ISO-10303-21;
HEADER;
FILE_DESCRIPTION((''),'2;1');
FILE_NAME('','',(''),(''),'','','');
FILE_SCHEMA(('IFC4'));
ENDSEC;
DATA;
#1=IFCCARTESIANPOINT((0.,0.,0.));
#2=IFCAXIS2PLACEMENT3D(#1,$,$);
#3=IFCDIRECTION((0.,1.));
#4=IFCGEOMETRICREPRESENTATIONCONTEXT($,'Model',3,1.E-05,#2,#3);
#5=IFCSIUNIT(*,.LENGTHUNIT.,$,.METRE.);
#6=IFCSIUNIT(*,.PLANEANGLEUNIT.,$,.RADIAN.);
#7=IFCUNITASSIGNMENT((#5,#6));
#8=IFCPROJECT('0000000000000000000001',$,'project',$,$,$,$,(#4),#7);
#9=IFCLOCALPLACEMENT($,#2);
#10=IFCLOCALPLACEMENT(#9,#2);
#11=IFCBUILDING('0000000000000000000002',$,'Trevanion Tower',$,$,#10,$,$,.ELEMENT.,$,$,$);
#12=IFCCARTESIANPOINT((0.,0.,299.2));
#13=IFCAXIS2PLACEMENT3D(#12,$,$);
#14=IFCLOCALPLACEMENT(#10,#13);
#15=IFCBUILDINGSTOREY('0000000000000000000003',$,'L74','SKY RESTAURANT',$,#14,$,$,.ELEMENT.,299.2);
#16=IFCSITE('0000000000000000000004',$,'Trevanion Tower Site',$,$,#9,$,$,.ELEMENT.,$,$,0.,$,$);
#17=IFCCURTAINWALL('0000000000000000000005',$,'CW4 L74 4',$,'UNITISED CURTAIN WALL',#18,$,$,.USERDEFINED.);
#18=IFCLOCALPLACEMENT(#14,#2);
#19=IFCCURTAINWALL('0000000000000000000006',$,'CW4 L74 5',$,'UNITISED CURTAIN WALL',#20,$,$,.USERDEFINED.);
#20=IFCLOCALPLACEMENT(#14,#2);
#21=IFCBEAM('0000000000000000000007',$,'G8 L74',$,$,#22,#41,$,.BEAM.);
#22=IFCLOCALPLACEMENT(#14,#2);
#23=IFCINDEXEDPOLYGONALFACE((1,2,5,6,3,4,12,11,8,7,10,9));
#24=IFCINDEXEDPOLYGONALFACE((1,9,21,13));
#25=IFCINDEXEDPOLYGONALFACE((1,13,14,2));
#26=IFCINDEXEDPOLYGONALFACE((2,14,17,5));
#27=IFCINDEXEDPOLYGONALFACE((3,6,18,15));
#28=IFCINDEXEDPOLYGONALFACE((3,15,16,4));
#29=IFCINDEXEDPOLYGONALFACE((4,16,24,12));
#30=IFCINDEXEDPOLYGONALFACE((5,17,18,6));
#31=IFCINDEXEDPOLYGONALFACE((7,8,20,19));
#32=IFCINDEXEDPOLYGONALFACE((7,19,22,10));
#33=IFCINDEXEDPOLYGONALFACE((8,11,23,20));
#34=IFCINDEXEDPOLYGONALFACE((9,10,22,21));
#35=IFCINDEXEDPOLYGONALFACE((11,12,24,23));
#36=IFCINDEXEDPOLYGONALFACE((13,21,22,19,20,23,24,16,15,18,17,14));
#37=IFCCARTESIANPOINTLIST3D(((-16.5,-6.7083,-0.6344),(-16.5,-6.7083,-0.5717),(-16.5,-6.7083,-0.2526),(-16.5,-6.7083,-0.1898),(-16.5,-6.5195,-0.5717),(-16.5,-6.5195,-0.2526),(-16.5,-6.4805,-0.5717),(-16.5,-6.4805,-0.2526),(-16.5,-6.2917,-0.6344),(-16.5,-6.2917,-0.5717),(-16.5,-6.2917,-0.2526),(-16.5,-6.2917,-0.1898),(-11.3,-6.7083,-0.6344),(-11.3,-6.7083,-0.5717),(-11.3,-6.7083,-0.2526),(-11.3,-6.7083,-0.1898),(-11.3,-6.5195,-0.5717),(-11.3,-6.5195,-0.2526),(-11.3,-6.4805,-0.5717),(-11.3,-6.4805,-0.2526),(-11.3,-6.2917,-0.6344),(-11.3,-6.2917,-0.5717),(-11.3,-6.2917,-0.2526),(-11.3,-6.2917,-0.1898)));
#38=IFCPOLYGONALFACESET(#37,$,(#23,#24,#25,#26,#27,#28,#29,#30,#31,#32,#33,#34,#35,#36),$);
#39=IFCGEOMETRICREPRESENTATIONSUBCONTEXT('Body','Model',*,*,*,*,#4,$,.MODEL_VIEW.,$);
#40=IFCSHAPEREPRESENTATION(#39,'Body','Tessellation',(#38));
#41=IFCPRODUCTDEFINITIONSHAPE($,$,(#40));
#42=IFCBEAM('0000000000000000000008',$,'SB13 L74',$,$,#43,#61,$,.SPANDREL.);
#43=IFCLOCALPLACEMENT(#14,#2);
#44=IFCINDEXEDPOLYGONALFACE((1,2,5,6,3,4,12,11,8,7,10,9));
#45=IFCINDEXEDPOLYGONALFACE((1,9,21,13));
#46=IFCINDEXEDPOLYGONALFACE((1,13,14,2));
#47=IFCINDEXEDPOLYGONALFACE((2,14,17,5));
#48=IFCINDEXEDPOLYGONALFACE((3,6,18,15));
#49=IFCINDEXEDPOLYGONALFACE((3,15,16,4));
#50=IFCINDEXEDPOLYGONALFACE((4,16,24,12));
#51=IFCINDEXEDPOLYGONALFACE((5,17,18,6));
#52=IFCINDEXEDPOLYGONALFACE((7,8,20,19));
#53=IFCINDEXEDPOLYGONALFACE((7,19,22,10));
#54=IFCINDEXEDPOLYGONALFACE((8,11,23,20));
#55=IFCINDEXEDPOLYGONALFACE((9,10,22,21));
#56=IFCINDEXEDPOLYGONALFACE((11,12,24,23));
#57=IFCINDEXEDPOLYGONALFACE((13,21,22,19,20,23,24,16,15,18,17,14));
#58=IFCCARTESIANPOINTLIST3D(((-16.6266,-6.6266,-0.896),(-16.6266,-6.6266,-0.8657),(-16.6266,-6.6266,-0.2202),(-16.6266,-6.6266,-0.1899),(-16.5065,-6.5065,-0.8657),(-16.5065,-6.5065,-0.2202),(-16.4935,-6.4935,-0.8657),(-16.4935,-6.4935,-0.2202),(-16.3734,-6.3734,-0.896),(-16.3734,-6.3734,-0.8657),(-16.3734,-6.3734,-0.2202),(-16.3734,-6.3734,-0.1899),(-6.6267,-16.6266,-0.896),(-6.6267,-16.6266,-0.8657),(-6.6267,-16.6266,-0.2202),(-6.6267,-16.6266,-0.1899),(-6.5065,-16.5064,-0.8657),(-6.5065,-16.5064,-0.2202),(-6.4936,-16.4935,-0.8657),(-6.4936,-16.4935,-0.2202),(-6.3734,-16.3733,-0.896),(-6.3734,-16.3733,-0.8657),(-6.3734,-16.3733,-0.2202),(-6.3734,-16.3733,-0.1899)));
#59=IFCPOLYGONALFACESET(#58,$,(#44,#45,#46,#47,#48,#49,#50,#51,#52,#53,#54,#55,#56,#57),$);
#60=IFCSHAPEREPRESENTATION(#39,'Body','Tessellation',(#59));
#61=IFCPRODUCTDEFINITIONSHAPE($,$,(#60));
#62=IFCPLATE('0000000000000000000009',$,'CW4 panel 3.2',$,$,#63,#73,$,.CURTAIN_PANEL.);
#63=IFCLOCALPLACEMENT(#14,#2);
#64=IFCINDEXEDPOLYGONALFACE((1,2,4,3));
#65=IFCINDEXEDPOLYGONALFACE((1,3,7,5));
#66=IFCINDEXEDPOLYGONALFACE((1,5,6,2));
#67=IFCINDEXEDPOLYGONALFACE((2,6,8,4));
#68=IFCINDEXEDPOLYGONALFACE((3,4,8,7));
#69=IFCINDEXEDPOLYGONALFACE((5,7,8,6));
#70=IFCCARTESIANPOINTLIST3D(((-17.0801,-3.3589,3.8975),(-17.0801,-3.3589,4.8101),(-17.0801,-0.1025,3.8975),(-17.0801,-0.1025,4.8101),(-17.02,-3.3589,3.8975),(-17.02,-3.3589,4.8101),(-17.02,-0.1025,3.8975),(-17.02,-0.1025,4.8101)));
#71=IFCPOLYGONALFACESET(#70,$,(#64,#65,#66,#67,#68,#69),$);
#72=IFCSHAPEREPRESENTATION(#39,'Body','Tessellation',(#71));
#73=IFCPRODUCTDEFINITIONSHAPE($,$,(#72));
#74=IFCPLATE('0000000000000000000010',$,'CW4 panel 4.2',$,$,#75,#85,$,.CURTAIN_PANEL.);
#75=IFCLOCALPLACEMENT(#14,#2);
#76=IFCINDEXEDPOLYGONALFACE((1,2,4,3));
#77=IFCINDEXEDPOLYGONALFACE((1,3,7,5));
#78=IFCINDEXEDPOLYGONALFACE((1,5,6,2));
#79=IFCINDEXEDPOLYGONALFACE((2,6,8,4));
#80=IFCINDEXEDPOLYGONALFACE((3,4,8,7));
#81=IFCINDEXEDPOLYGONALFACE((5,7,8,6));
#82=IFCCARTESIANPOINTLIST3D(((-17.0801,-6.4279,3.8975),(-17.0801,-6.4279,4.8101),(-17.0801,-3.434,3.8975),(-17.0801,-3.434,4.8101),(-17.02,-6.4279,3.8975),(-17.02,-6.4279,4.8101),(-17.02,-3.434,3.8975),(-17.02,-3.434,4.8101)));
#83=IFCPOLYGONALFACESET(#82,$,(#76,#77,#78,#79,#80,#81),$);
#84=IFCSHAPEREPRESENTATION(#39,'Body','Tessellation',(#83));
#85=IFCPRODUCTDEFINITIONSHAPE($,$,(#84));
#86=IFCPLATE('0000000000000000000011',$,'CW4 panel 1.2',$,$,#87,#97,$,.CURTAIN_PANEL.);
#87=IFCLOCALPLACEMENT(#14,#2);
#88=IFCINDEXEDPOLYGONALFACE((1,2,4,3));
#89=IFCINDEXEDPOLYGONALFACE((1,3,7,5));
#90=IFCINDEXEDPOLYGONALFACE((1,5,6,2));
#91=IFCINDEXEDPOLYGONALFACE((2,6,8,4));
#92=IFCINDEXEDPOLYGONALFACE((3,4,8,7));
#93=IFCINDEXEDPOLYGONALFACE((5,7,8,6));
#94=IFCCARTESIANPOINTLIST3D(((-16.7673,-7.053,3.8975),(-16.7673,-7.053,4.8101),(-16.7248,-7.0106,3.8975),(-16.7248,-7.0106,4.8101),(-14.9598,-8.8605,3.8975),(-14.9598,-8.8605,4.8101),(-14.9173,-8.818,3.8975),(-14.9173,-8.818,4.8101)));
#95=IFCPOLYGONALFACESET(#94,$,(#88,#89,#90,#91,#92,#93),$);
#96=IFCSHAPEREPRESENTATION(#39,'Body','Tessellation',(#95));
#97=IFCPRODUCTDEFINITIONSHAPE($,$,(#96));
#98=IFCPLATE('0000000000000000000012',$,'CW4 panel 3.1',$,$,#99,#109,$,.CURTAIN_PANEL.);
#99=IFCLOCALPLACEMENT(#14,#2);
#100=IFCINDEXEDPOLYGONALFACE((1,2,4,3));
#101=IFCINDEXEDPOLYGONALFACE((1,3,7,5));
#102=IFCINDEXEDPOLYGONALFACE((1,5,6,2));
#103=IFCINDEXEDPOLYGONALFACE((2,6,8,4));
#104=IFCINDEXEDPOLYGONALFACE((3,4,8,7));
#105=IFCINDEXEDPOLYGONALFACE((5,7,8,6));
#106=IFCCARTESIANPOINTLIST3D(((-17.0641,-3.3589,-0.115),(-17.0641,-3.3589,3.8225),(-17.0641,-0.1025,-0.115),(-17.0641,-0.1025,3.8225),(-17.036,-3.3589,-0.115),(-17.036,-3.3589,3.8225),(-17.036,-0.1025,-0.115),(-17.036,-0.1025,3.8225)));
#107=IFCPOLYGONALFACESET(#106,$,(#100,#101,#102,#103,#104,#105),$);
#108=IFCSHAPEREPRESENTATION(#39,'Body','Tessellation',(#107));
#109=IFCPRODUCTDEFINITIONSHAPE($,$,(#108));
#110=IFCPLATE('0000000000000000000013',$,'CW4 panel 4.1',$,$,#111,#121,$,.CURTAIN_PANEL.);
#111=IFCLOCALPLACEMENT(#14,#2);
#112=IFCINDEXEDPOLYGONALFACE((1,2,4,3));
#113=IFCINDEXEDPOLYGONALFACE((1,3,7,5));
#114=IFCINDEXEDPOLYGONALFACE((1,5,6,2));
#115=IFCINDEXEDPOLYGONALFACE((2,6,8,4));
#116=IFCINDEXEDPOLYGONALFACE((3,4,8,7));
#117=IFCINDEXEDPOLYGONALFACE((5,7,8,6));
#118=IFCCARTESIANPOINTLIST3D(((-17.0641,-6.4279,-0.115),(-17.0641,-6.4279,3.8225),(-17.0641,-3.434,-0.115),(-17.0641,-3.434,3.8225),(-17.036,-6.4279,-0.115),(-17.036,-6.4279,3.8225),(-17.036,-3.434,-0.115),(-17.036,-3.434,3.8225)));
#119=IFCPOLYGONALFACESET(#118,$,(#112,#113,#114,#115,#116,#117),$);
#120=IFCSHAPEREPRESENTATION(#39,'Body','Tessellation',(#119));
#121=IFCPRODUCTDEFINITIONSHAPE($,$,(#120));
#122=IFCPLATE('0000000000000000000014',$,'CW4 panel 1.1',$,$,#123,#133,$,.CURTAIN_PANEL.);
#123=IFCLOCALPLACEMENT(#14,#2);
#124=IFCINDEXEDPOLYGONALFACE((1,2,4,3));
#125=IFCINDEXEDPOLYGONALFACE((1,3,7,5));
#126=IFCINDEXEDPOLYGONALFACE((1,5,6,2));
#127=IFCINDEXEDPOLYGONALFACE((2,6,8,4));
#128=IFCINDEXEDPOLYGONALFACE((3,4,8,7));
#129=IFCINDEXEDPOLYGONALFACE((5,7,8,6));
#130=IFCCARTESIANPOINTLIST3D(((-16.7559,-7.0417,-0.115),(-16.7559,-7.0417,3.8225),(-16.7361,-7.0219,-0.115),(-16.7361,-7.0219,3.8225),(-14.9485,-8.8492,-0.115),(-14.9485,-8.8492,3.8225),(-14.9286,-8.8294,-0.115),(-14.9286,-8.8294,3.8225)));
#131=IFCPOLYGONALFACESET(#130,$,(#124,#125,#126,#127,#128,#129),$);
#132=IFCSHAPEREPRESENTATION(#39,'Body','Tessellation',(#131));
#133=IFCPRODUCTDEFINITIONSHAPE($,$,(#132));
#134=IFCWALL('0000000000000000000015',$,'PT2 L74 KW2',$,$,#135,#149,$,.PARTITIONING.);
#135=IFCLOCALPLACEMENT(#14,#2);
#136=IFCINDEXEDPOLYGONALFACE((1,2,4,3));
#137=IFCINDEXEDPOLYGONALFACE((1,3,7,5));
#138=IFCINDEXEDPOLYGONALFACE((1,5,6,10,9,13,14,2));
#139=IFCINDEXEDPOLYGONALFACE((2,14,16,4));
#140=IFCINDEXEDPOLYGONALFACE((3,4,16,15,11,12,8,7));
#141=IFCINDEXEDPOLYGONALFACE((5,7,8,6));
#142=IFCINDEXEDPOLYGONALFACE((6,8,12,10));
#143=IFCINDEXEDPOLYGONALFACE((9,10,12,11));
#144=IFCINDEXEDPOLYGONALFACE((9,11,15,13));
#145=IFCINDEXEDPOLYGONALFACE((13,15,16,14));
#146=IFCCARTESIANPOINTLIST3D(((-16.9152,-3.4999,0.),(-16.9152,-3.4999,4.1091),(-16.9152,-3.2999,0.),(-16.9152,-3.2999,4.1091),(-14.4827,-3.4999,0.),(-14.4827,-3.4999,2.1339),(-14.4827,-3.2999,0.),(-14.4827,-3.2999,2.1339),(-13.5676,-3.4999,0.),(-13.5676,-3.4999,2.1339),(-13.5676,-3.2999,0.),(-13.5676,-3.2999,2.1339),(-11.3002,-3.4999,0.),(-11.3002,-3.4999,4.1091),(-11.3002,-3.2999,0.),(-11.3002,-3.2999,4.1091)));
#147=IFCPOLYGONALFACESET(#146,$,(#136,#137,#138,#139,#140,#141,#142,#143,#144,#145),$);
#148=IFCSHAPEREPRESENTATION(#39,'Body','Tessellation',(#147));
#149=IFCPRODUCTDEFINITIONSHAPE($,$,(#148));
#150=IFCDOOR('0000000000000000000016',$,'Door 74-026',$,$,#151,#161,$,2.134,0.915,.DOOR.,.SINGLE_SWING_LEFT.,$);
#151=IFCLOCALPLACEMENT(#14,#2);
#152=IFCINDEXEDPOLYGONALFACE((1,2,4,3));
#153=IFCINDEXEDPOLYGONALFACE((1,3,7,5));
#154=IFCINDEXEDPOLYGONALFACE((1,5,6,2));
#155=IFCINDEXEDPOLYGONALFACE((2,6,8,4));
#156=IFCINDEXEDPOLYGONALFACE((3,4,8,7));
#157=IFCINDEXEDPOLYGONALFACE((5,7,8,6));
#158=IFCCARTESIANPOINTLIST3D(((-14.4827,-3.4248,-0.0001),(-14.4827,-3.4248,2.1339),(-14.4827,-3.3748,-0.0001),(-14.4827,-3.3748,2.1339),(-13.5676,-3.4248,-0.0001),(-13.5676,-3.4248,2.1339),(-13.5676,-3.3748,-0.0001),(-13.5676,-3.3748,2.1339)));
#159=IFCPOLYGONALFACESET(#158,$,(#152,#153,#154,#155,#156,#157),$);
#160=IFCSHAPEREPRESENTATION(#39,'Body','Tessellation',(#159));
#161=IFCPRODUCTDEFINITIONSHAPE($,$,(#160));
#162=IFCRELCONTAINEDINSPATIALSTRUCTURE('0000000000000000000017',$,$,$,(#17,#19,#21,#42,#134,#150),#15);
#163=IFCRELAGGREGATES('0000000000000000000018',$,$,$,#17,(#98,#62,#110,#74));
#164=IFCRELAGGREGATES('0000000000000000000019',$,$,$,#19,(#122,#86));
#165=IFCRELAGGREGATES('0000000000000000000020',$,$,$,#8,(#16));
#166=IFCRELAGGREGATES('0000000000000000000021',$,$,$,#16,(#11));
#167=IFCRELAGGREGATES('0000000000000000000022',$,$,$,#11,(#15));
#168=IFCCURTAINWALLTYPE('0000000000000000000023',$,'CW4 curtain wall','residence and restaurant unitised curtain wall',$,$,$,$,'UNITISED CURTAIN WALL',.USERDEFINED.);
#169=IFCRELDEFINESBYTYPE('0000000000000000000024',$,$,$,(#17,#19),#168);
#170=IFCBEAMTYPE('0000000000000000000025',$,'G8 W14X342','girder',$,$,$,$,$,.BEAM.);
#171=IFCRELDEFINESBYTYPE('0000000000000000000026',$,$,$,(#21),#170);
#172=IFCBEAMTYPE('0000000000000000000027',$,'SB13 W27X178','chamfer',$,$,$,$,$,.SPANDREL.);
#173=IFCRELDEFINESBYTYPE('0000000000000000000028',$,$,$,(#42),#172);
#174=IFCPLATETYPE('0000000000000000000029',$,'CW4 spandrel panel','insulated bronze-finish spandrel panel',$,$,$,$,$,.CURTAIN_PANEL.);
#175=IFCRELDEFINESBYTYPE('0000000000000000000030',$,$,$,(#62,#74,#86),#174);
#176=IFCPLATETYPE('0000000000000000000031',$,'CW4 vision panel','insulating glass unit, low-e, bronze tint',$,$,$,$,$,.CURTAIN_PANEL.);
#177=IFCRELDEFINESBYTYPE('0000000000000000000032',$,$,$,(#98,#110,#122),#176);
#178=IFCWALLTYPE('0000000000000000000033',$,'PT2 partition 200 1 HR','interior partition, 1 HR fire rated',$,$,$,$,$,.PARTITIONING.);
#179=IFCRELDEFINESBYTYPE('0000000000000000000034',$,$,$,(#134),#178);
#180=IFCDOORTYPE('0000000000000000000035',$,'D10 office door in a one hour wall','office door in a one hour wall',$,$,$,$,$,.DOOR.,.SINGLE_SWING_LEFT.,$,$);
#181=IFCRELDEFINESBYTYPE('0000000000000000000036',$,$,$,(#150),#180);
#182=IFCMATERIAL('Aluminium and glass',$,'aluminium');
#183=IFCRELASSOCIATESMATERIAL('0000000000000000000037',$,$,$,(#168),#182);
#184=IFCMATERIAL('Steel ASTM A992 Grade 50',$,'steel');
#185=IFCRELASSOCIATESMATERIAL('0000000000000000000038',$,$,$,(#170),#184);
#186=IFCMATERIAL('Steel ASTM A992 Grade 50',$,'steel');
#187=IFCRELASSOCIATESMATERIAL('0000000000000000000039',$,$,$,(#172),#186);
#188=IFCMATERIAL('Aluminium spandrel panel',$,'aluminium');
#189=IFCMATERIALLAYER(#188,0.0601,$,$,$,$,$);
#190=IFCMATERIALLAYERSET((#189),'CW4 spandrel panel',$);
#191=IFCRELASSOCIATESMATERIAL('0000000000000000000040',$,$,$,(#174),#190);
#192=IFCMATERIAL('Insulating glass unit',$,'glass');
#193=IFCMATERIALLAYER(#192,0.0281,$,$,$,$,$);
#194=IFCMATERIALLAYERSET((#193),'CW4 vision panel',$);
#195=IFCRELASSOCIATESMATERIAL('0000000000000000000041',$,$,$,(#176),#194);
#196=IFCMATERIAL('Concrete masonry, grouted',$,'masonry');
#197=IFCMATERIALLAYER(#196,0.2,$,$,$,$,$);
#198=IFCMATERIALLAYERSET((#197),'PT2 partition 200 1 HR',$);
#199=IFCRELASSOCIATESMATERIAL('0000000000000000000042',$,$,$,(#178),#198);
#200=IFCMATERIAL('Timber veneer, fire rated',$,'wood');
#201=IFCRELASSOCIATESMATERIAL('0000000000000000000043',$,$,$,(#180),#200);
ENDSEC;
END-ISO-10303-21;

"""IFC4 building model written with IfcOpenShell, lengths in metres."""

from ifc_helpers import new_model, si_unit, direction, frame, frame_2d, origin, origin_2d, place, context, subcontext, project, spatial, rectangle, i_section, extrude, material, layer, layer_set, material_profile, profile_set, type_object, element, fill, aggregate, save


model = new_model("IFC4")

# Units and contexts
model_context = context("Model", 3, precision=1e-05, world=origin(), true_north=direction((0.0, 1.0)))
body_context = subcontext(model_context, "Body", "Model", "MODEL_VIEW")
ifc_project = project(units=[si_unit("LENGTHUNIT", "METRE"), si_unit("PLANEANGLEUNIT", "RADIAN")], contexts=[model_context])

# Site, building, storey
site_placement = place(None, origin())
site = spatial("IfcSite", under=ifc_project, at=site_placement, Name="Trevanion Tower Site", CompositionType="ELEMENT", RefElevation=0.0)
building_placement = place(site_placement, origin())
building = spatial("IfcBuilding", under=site, at=building_placement, Name="Trevanion Tower", CompositionType="ELEMENT")
storey_placement = place(building_placement, frame((0.0, 0.0, 299.2)))
storey = spatial("IfcBuildingStorey", under=building, at=storey_placement, Name="L74", Description="SKY RESTAURANT", CompositionType="ELEMENT", Elevation=299.2)

# Curtain wall
ifc_material_1 = material(Name="Aluminium and glass", Category="aluminium")
curtain_wall_type = type_object("IfcCurtainWallType", Name="CW4 curtain wall", Description="residence and restaurant unitised curtain wall", ElementType="UNITISED CURTAIN WALL", PredefinedType="USERDEFINED", material=ifc_material_1)
curtain_wall_1_placement = place(storey_placement, origin())
curtain_wall_1 = element("IfcCurtainWall", 1, at=curtain_wall_1_placement, inside=storey, type_object=curtain_wall_type, Name="CW4 L74 4", ObjectType="UNITISED CURTAIN WALL", PredefinedType="USERDEFINED")

# Curtain wall
curtain_wall_2_placement = place(storey_placement, origin())
curtain_wall_2 = element("IfcCurtainWall", 2, at=curtain_wall_2_placement, inside=storey, type_object=curtain_wall_type, Name="CW4 L74 5", ObjectType="UNITISED CURTAIN WALL", PredefinedType="USERDEFINED")

# Beams
ifc_material_2 = material(Name="Steel ASTM A992 Grade 50", Category="steel")
ifc_material_profile_1 = material_profile(ifc_material_2, i_section(OverallWidth=0.4165, OverallDepth=0.4446, WebThickness=0.0391, FlangeThickness=0.0627, at=origin_2d()), Name="W14X342")
ifc_profile_set_1 = profile_set([ifc_material_profile_1], Name="Steel ASTM A992 Grade 50")
beam_type_1 = type_object("IfcBeamType", Name="G8 W14X342", Description="girder", PredefinedType="BEAM", material=ifc_profile_set_1)
beam_1_placement = place(storey_placement, frame((-11.3, -6.5, -0.4121), z_axis=(-1.0, 0.0, 0.0), x_axis=(0.0, -1.0, 0.0)))
element("IfcBeam", 3, at=beam_1_placement, inside=storey, type_object=beam_type_1, Name="G8 L74", PredefinedType="BEAM", context=body_context, shape_type="SweptSolid", body=[
    extrude(i_section(OverallWidth=0.4165, OverallDepth=0.4446, WebThickness=0.0391, FlangeThickness=0.0627, at=origin_2d()), origin(), (0.0, 0.0, 1.0), 5.2),
])
ifc_material_3 = material(Name="Steel ASTM A992 Grade 50", Category="steel")
ifc_material_profile_2 = material_profile(ifc_material_3, i_section(OverallWidth=0.3582, OverallDepth=0.7061, WebThickness=0.0183, FlangeThickness=0.0303, at=origin_2d()), Name="W27X178")
ifc_profile_set_2 = profile_set([ifc_material_profile_2], Name="Steel ASTM A992 Grade 50")
beam_type_2 = type_object("IfcBeamType", Name="SB13 W27X178", Description="chamfer", PredefinedType="SPANDREL", material=ifc_profile_set_2)
beam_2_placement = place(storey_placement, frame((-16.5, -6.5, -0.543), z_axis=(0.707107, -0.707107, 0.0), x_axis=(0.707107, 0.707107, 0.0)))
element("IfcBeam", 4, at=beam_2_placement, inside=storey, type_object=beam_type_2, Name="SB13 L74", PredefinedType="SPANDREL", context=body_context, shape_type="SweptSolid", body=[
    extrude(i_section(OverallWidth=0.3582, OverallDepth=0.7061, WebThickness=0.0183, FlangeThickness=0.0303, at=origin_2d()), origin(), (0.0, 0.0, 1.0), 14.1421),
])

# Plates
ifc_material_4 = material(Name="Aluminium spandrel panel", Category="aluminium")
ifc_layer_1 = layer(ifc_material_4, 0.0601)
ifc_layer_set_1 = layer_set([ifc_layer_1], Name="CW4 spandrel panel")
plate_type_1 = type_object("IfcPlateType", Name="CW4 spandrel panel", Description="insulated bronze-finish spandrel panel", PredefinedType="CURTAIN_PANEL", material=ifc_layer_set_1)
plate_1_placement = place(storey_placement, frame((-17.05, -1.7307, 3.8975), z_axis=(0.0, 0.0, 1.0), x_axis=(0.0, -1.0, 0.0)))
plate_1 = element("IfcPlate", 5, at=plate_1_placement, type_object=plate_type_1, Name="CW4 panel 3.2", PredefinedType="CURTAIN_PANEL", context=body_context, shape_type="SweptSolid", body=[
    extrude(rectangle(XDim=3.2563, YDim=0.0601, at=origin_2d()), origin(), (0.0, 0.0, 1.0), 0.9126),
])
plate_2_placement = place(storey_placement, frame((-17.05, -4.9309, 3.8975), z_axis=(0.0, 0.0, 1.0), x_axis=(0.0, -1.0, 0.0)))
plate_2 = element("IfcPlate", 6, at=plate_2_placement, type_object=plate_type_1, Name="CW4 panel 4.2", PredefinedType="CURTAIN_PANEL", context=body_context, shape_type="SweptSolid", body=[
    extrude(rectangle(XDim=2.9939, YDim=0.0601, at=origin_2d()), origin(), (0.0, 0.0, 1.0), 0.9126),
])
plate_3_placement = place(storey_placement, frame((-15.8423, -7.9355, 3.8975), z_axis=(0.0, 0.0, 1.0), x_axis=(0.707107, -0.707107, 0.0)))
plate_3 = element("IfcPlate", 7, at=plate_3_placement, type_object=plate_type_1, Name="CW4 panel 1.2", PredefinedType="CURTAIN_PANEL", context=body_context, shape_type="SweptSolid", body=[
    extrude(rectangle(XDim=2.5562, YDim=0.0601, at=origin_2d()), origin(), (0.0, 0.0, 1.0), 0.9126),
])
ifc_material_5 = material(Name="Insulating glass unit", Category="glass")
ifc_layer_2 = layer(ifc_material_5, 0.0281)
ifc_layer_set_2 = layer_set([ifc_layer_2], Name="CW4 vision panel")
plate_type_2 = type_object("IfcPlateType", Name="CW4 vision panel", Description="insulating glass unit, low-e, bronze tint", PredefinedType="CURTAIN_PANEL", material=ifc_layer_set_2)
plate_4_placement = place(storey_placement, frame((-17.05, -1.7307, -0.115), z_axis=(0.0, 0.0, 1.0), x_axis=(0.0, -1.0, 0.0)))
plate_4 = element("IfcPlate", 8, at=plate_4_placement, type_object=plate_type_2, Name="CW4 panel 3.1", PredefinedType="CURTAIN_PANEL", context=body_context, shape_type="SweptSolid", body=[
    extrude(rectangle(XDim=3.2563, YDim=0.0281, at=origin_2d()), origin(), (0.0, 0.0, 1.0), 3.9375),
])
plate_5_placement = place(storey_placement, frame((-17.05, -4.9309, -0.115), z_axis=(0.0, 0.0, 1.0), x_axis=(0.0, -1.0, 0.0)))
plate_5 = element("IfcPlate", 9, at=plate_5_placement, type_object=plate_type_2, Name="CW4 panel 4.1", PredefinedType="CURTAIN_PANEL", context=body_context, shape_type="SweptSolid", body=[
    extrude(rectangle(XDim=2.9939, YDim=0.0281, at=origin_2d()), origin(), (0.0, 0.0, 1.0), 3.9375),
])
aggregate(curtain_wall_1, [plate_4, plate_1, plate_5, plate_2])
plate_6_placement = place(storey_placement, frame((-15.8423, -7.9355, -0.115), z_axis=(0.0, 0.0, 1.0), x_axis=(0.707107, -0.707107, 0.0)))
plate_6 = element("IfcPlate", 10, at=plate_6_placement, type_object=plate_type_2, Name="CW4 panel 1.1", PredefinedType="CURTAIN_PANEL", context=body_context, shape_type="SweptSolid", body=[
    extrude(rectangle(XDim=2.5562, YDim=0.0281, at=origin_2d()), origin(), (0.0, 0.0, 1.0), 3.9375),
])
aggregate(curtain_wall_2, [plate_6, plate_3])

# Wall, opening, door
ifc_material_6 = material(Name="Concrete masonry, grouted", Category="masonry")
ifc_layer_3 = layer(ifc_material_6, 0.2)
ifc_layer_set_3 = layer_set([ifc_layer_3], Name="PT2 partition 200 1 HR")
wall_type = type_object("IfcWallType", Name="PT2 partition 200 1 HR", Description="interior partition, 1 HR fire rated", PredefinedType="PARTITIONING", material=ifc_layer_set_3)
wall_placement = place(storey_placement, frame((-11.3, -3.3999, 0.0), z_axis=(0.0, 0.0, 1.0), x_axis=(-1.0, 0.0, 0.0)))
wall = element("IfcWall", 11, at=wall_placement, inside=storey, type_object=wall_type, Name="PT2 L74 KW2", PredefinedType="PARTITIONING", context=body_context, shape_type="SweptSolid", body=[
    extrude(rectangle(XDim=5.615, YDim=0.2, at=frame_2d((2.8076, 0.0))), origin(), (0.0, 0.0, 1.0), 4.1091),
])
opening_placement = place(wall_placement, frame((2.2676, 0.0, 0.0)))
opening = element("IfcOpeningElement", 12, at=opening_placement, cuts=wall, PredefinedType="OPENING", context=body_context, shape_type="SweptSolid", body=[
    extrude(rectangle(XDim=0.915, YDim=2.134, at=frame_2d((0.4575, 1.0669))), frame((0.0, 0.1099, 0.0), z_axis=(0.0, -1.0, 0.0), x_axis=(1.0, 0.0, 0.0)), (0.0, 0.0, 1.0), 0.22),
])
ifc_material_7 = material(Name="Timber veneer, fire rated", Category="wood")
door_type = type_object("IfcDoorType", Name="D10 office door in a one hour wall", Description="office door in a one hour wall", OperationType="SINGLE_SWING_LEFT", PredefinedType="DOOR", material=ifc_material_7)
door_placement = place(opening_placement, origin())
door = element("IfcDoor", 13, at=door_placement, inside=storey, type_object=door_type, Name="Door 74-026", OperationType="SINGLE_SWING_LEFT", OverallHeight=2.134, OverallWidth=0.915, PredefinedType="DOOR", context=body_context, shape_type="SweptSolid", body=[
    extrude(rectangle(XDim=0.915, YDim=2.134, at=frame_2d((0.4575, 1.0669))), frame((0.0, 0.0249, 0.0), z_axis=(0.0, -1.0, 0.0), x_axis=(1.0, 0.0, 0.0)), (0.0, 0.0, 1.0), 0.05),
])
fill(opening, door)

save(model, "model.ifc")
